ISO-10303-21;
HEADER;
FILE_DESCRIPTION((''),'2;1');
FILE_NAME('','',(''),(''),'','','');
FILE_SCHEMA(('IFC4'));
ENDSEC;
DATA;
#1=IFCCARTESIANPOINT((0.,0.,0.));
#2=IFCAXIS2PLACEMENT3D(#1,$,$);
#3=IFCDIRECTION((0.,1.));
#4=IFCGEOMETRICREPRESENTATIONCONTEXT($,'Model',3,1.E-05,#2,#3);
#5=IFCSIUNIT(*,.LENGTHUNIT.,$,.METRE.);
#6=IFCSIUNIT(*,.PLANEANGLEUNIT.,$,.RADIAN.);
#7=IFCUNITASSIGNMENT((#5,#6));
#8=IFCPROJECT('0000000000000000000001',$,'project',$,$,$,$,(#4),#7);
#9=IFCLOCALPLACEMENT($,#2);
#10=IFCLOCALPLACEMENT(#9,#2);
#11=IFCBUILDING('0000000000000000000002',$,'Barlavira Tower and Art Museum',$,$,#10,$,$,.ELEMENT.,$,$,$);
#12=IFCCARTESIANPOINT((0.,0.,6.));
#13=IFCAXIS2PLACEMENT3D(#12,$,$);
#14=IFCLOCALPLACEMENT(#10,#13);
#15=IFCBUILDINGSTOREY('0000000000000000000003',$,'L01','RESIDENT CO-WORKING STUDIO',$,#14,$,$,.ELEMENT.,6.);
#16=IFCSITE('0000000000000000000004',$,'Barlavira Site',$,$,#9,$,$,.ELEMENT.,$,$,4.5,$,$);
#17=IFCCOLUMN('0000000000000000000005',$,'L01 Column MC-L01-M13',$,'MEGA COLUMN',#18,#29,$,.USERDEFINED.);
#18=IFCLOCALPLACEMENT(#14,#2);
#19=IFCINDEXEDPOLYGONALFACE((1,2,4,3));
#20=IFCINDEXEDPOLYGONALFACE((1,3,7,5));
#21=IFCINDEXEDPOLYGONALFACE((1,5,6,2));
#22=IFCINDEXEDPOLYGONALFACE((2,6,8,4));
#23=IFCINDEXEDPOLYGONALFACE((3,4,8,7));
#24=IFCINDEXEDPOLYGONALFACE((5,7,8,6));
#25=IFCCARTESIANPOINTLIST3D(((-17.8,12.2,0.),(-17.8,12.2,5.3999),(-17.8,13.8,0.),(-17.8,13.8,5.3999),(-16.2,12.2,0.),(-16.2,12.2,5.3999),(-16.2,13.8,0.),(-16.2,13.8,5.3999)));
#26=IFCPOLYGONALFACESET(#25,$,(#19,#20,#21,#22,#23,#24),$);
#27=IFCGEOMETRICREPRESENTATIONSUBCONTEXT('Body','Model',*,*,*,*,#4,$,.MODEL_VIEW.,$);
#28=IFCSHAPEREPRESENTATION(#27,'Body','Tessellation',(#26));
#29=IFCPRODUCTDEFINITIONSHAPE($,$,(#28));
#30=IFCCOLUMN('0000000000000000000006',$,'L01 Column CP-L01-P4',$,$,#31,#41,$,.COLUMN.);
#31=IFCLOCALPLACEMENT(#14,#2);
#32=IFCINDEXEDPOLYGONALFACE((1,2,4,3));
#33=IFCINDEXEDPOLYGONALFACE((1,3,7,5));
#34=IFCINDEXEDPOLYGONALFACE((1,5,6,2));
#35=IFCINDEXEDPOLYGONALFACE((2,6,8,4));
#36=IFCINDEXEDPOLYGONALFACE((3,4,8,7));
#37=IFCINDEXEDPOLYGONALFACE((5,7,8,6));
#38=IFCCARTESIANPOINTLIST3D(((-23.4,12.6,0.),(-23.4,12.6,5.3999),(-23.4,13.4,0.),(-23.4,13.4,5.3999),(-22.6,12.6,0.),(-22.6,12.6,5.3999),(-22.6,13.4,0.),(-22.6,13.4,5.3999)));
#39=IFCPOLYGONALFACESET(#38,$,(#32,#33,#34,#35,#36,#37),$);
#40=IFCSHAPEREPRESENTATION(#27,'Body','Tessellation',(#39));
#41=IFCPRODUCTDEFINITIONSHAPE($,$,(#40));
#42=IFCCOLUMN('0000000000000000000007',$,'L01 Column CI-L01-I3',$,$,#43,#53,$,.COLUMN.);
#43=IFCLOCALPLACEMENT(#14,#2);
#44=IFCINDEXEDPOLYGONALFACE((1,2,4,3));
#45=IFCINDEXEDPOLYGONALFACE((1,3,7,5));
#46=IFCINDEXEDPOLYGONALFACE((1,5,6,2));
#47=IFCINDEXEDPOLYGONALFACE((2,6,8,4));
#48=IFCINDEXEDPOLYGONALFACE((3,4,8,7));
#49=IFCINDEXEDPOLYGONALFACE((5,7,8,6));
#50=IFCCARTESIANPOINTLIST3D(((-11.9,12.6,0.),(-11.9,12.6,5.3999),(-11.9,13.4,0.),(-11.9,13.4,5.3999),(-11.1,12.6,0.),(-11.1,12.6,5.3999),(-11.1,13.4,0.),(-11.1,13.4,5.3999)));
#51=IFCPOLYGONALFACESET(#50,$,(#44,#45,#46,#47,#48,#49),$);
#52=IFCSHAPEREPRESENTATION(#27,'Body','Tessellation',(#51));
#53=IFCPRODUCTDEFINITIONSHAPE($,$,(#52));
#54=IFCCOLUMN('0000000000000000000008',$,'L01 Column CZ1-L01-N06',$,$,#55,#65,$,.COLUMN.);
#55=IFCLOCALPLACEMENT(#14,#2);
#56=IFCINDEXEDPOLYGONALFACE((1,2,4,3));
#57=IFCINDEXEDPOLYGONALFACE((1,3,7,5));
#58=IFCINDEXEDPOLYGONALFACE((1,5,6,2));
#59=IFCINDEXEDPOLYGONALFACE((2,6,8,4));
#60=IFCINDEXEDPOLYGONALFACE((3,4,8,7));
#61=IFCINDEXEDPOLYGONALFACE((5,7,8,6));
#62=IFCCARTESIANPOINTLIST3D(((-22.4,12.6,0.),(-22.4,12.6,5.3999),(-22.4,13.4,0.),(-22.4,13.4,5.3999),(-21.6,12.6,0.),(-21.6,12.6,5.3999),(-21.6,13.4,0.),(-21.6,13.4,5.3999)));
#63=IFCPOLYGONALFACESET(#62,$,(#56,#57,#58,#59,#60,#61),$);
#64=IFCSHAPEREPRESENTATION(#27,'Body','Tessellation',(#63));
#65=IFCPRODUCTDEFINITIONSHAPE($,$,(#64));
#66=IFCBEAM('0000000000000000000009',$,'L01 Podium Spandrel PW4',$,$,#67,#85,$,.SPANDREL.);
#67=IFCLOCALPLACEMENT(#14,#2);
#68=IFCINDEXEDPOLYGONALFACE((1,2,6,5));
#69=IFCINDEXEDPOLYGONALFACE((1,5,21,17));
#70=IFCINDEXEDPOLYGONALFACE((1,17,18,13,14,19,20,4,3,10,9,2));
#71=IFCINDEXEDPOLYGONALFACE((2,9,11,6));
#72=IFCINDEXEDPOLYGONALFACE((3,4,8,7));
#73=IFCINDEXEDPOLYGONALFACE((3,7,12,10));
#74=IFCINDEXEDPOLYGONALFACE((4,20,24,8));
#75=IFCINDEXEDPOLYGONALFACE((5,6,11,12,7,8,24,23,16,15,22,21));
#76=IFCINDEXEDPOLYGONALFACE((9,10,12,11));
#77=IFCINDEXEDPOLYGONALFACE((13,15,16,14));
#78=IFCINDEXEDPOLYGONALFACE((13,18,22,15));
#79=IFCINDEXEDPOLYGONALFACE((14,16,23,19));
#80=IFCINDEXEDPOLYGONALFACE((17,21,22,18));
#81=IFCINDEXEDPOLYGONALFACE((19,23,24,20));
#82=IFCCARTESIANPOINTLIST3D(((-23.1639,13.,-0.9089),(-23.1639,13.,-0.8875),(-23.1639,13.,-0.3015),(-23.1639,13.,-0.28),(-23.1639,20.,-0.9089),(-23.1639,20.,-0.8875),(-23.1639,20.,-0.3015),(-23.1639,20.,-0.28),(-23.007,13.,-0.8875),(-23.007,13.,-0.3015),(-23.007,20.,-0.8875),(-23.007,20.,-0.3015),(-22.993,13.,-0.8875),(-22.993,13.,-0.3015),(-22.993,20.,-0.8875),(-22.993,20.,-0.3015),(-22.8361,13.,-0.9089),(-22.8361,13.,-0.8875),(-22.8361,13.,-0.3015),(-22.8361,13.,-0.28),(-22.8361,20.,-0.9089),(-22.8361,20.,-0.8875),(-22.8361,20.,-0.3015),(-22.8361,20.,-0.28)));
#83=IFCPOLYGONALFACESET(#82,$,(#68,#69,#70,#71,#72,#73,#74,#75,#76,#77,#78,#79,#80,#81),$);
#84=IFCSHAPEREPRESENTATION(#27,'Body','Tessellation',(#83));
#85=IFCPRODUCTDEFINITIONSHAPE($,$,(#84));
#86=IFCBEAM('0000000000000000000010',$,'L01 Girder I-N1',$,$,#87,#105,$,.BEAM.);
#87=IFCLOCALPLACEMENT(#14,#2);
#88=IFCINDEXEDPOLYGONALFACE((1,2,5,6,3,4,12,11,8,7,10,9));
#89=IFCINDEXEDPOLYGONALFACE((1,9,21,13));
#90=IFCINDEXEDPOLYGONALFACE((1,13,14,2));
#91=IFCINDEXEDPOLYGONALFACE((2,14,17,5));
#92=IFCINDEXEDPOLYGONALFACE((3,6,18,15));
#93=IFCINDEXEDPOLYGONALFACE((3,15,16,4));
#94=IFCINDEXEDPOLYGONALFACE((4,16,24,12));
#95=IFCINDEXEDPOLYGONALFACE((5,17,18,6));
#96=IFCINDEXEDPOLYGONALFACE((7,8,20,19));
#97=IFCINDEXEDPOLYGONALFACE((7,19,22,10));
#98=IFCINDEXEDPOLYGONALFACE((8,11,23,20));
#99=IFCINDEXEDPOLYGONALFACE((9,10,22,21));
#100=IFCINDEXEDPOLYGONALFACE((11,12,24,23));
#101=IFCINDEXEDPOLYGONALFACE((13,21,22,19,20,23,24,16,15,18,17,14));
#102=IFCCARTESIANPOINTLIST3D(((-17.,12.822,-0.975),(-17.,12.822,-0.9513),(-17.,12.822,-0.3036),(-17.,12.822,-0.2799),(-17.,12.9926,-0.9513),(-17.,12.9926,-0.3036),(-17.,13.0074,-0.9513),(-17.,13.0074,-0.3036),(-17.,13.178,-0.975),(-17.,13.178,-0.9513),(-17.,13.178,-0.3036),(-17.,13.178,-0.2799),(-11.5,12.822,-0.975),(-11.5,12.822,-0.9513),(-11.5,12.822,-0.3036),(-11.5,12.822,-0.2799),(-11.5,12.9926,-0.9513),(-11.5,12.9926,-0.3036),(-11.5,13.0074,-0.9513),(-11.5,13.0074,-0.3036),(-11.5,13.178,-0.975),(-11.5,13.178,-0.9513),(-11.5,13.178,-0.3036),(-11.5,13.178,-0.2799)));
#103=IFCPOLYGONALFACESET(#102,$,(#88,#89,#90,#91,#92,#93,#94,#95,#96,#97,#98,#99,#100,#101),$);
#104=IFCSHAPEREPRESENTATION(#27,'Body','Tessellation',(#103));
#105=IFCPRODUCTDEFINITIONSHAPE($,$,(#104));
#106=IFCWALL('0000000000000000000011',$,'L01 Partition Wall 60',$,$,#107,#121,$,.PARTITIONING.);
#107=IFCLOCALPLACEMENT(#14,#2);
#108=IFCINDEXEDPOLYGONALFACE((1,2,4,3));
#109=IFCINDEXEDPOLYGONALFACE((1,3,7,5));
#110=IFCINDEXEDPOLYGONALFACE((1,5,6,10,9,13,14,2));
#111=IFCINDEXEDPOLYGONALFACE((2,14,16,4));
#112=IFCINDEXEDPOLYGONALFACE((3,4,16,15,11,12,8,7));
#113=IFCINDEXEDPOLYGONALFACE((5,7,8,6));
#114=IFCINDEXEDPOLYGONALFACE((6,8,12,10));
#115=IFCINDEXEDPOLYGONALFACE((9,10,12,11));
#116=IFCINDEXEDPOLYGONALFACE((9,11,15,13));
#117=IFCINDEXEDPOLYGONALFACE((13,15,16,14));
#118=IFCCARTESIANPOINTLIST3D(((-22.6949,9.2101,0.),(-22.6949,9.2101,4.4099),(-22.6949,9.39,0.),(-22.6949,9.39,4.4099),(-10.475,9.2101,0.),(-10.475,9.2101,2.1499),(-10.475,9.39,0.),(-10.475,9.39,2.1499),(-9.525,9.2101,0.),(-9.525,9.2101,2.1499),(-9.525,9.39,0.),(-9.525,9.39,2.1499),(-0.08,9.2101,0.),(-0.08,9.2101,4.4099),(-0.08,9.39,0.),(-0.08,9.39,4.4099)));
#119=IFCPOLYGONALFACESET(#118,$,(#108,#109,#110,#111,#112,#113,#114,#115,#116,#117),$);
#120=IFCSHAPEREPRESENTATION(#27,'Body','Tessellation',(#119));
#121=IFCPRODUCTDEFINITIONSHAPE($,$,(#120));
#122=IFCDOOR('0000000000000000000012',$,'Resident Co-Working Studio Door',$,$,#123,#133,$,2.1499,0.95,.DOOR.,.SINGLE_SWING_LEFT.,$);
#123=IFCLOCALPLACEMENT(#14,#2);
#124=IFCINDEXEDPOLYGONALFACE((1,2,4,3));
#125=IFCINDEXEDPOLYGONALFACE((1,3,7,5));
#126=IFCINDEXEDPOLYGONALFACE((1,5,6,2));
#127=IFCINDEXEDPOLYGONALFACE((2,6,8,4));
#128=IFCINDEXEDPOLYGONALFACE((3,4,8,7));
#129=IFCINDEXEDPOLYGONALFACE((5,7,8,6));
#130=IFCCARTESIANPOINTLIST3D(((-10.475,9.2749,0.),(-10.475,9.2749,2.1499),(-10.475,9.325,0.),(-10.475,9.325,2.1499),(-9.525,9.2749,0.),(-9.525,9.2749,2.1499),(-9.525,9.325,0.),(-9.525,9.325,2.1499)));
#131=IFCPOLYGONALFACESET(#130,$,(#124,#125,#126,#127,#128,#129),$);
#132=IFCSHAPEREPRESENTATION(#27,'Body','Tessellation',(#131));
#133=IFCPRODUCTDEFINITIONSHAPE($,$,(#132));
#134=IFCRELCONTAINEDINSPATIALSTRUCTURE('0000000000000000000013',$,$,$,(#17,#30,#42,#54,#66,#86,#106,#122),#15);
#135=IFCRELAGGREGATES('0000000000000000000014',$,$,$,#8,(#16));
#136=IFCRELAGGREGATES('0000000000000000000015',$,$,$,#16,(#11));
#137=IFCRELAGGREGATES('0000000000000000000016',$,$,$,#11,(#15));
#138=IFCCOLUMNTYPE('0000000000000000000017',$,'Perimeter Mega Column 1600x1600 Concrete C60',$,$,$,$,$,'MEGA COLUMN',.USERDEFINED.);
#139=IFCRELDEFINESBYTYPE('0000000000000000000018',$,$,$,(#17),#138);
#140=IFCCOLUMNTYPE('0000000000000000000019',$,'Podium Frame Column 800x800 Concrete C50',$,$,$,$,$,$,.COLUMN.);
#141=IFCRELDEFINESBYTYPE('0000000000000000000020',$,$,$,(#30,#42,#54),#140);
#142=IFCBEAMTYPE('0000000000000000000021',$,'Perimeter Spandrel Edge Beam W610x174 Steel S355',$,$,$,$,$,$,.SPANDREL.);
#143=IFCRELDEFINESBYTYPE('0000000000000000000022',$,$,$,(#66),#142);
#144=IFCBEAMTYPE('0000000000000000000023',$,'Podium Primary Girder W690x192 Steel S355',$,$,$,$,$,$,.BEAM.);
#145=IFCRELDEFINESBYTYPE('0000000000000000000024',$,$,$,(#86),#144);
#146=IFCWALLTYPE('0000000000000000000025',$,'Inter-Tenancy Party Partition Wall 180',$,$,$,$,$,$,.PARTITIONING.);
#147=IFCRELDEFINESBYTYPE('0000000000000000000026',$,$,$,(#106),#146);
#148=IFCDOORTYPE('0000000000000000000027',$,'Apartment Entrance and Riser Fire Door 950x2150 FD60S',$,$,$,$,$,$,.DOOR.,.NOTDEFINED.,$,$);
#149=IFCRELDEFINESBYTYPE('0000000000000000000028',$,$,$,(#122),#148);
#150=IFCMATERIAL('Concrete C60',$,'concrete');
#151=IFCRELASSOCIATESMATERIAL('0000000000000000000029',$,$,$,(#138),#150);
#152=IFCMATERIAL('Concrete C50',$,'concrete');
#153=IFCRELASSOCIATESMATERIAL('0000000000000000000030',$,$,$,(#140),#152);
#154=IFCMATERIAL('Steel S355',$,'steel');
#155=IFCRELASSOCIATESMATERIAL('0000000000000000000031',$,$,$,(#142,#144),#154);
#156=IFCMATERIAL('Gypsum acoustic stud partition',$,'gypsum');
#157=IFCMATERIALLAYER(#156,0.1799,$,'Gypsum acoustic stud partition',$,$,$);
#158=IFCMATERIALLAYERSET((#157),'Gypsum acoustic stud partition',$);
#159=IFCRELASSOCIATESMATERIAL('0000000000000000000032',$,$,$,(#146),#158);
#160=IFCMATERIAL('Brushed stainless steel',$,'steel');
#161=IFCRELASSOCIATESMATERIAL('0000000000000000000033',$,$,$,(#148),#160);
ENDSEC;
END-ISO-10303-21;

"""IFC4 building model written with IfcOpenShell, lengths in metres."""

from ifc_helpers import new_model, si_unit, direction, frame, frame_2d, origin, origin_2d, place, context, subcontext, project, spatial, rectangle, i_section, extrude, material, layer, layer_set, material_profile, profile_set, type_object, element, fill, save


model = new_model("IFC4")

# Units and contexts
model_context = context("Model", 3, precision=1e-05, world=origin(), true_north=direction((0.0, 1.0)))
body_context = subcontext(model_context, "Body", "Model", "MODEL_VIEW")
ifc_project = project(units=[si_unit("LENGTHUNIT", "METRE"), si_unit("PLANEANGLEUNIT", "RADIAN")], contexts=[model_context])

# Site, building, storey
site_placement = place(None, origin())
site = spatial("IfcSite", under=ifc_project, at=site_placement, Name="Barlavira Site", CompositionType="ELEMENT", RefElevation=4.5)
building_placement = place(site_placement, origin())
building = spatial("IfcBuilding", under=site, at=building_placement, Name="Barlavira Tower and Art Museum", CompositionType="ELEMENT")
storey_placement = place(building_placement, frame((0.0, 0.0, 6.0)))
storey = spatial("IfcBuildingStorey", under=building, at=storey_placement, Name="L01", Description="RESIDENT CO-WORKING STUDIO", CompositionType="ELEMENT", Elevation=6.0)

# Columns
ifc_material_1 = material(Name="Concrete C60", Category="concrete")
ifc_material_profile_1 = material_profile(ifc_material_1, rectangle(XDim=1.6001, YDim=1.6001, at=origin_2d()), Name="RC-MCOL 1600x1600")
ifc_profile_set_1 = profile_set([ifc_material_profile_1], Name="Concrete C60")
column_type_1 = type_object("IfcColumnType", Name="Perimeter Mega Column 1600x1600 Concrete C60", ElementType="MEGA COLUMN", PredefinedType="USERDEFINED", material=ifc_profile_set_1)
column_placement = place(storey_placement, frame((-17.0, 13.0, 0.0), z_axis=(0.0, 0.0, 1.0), x_axis=(1.0, 0.0, 0.0)))
element("IfcColumn", 1, at=column_placement, inside=storey, type_object=column_type_1, Name="L01 Column MC-L01-M13", ObjectType="MEGA COLUMN", PredefinedType="USERDEFINED", context=body_context, shape_type="SweptSolid", body=[
    extrude(rectangle(XDim=1.6001, YDim=1.6001, at=origin_2d()), origin(), (0.0, 0.0, 1.0), 5.3999),
])
ifc_material_2 = material(Name="Concrete C50", Category="concrete")
ifc_material_profile_2 = material_profile(ifc_material_2, rectangle(XDim=0.8, YDim=0.8, at=origin_2d()), Name="RC-COL 800x800")
ifc_profile_set_2 = profile_set([ifc_material_profile_2], Name="Concrete C50")
column_type_2 = type_object("IfcColumnType", Name="Podium Frame Column 800x800 Concrete C50", PredefinedType="COLUMN", material=ifc_profile_set_2)
for number, where, z_axis, x_axis, name in (
    (2, (-23.0, 13.0, 0.0), (0.0, 0.0, 1.0), (1.0, 0.0, 0.0), "L01 Column CP-L01-P4"),
    (3, (-11.5, 13.0, 0.0), (0.0, 0.0, 1.0), (1.0, 0.0, 0.0), "L01 Column CI-L01-I3"),
    (4, (-22.0, 13.0, 0.0), (0.0, 0.0, 1.0), (1.0, 0.0, 0.0), "L01 Column CZ1-L01-N06"),
):
    element("IfcColumn", number, at=place(storey_placement, frame(where, z_axis=z_axis, x_axis=x_axis)), inside=storey, type_object=column_type_2, Name=name, PredefinedType="COLUMN", context=body_context, shape_type="SweptSolid", body=[
        extrude(rectangle(XDim=0.8, YDim=0.8, at=origin_2d()), origin(), (0.0, 0.0, 1.0), 5.3999),
    ])

# Beams
ifc_material_3 = material(Name="Steel S355", Category="steel")
ifc_material_profile_3 = material_profile(ifc_material_3, i_section(OverallWidth=0.3279, OverallDepth=0.6289, WebThickness=0.0139, FlangeThickness=0.0215, at=origin_2d()), Name="W610x174.0")
ifc_profile_set_3 = profile_set([ifc_material_profile_3], Name="Steel S355")
beam_type_1 = type_object("IfcBeamType", Name="Perimeter Spandrel Edge Beam W610x174 Steel S355", PredefinedType="SPANDREL", material=ifc_profile_set_3)
beam_1_placement = place(storey_placement, frame((-23.0, 13.0, -0.5945), z_axis=(0.0, 1.0, 0.0), x_axis=(-1.0, 0.0, 0.0)))
element("IfcBeam", 5, at=beam_1_placement, inside=storey, type_object=beam_type_1, Name="L01 Podium Spandrel PW4", PredefinedType="SPANDREL", context=body_context, shape_type="SweptSolid", body=[
    extrude(i_section(OverallWidth=0.3279, OverallDepth=0.6289, WebThickness=0.0139, FlangeThickness=0.0215, at=origin_2d()), origin(), (0.0, 0.0, 1.0), 7.0),
])
ifc_material_profile_4 = material_profile(ifc_material_3, i_section(OverallWidth=0.356, OverallDepth=0.6951, WebThickness=0.0149, FlangeThickness=0.0237, at=origin_2d()), Name="W690x192.0")
ifc_profile_set_4 = profile_set([ifc_material_profile_4], Name="Steel S355")
beam_type_2 = type_object("IfcBeamType", Name="Podium Primary Girder W690x192 Steel S355", PredefinedType="BEAM", material=ifc_profile_set_4)
beam_2_placement = place(storey_placement, frame((-17.0, 13.0, -0.6274), z_axis=(1.0, 0.0, 0.0), x_axis=(0.0, 1.0, 0.0)))
element("IfcBeam", 6, at=beam_2_placement, inside=storey, type_object=beam_type_2, Name="L01 Girder I-N1", PredefinedType="BEAM", context=body_context, shape_type="SweptSolid", body=[
    extrude(i_section(OverallWidth=0.356, OverallDepth=0.6951, WebThickness=0.0149, FlangeThickness=0.0237, at=origin_2d()), origin(), (0.0, 0.0, 1.0), 5.5),
])

# Wall, opening, door
ifc_material_4 = material(Name="Gypsum acoustic stud partition", Category="gypsum")
ifc_layer = layer(ifc_material_4, 0.1799, Name="Gypsum acoustic stud partition")
ifc_layer_set = layer_set([ifc_layer], Name="Gypsum acoustic stud partition")
wall_type = type_object("IfcWallType", Name="Inter-Tenancy Party Partition Wall 180", PredefinedType="PARTITIONING", material=ifc_layer_set)
wall_placement = place(storey_placement, frame((-22.6951, 9.3, 0.0), z_axis=(0.0, 0.0, 1.0), x_axis=(1.0, 0.0, 0.0)))
wall = element("IfcWall", 7, at=wall_placement, inside=storey, type_object=wall_type, Name="L01 Partition Wall 60", PredefinedType="PARTITIONING", context=body_context, shape_type="SweptSolid", body=[
    extrude(rectangle(XDim=22.615, YDim=0.1799, at=frame_2d((11.3076, 0.0))), origin(), (0.0, 0.0, 1.0), 4.4099),
])
opening_placement = place(wall_placement, frame((12.22, 0.0, 0.0)))
opening = element("IfcOpeningElement", 8, at=opening_placement, cuts=wall, PredefinedType="OPENING", context=body_context, shape_type="SweptSolid", body=[
    extrude(rectangle(XDim=0.95, YDim=2.1499, at=frame_2d((0.4751, 1.075))), frame((0.0, 0.1001, 0.0), z_axis=(0.0, -1.0, 0.0), x_axis=(1.0, 0.0, 0.0)), (0.0, 0.0, 1.0), 0.2),
])
ifc_material_5 = material(Name="Brushed stainless steel", Category="steel")
door_type = type_object("IfcDoorType", Name="Apartment Entrance and Riser Fire Door 950x2150 FD60S", OperationType="NOTDEFINED", PredefinedType="DOOR", material=ifc_material_5)
door_placement = place(opening_placement, origin())
door = element("IfcDoor", 9, at=door_placement, inside=storey, type_object=door_type, Name="Resident Co-Working Studio Door", OperationType="SINGLE_SWING_LEFT", OverallHeight=2.1499, OverallWidth=0.95, PredefinedType="DOOR", context=body_context, shape_type="SweptSolid", body=[
    extrude(rectangle(XDim=0.95, YDim=2.1499, at=frame_2d((0.4751, 1.075))), frame((0.0, 0.0249, 0.0), z_axis=(0.0, -1.0, 0.0), x_axis=(1.0, 0.0, 0.0)), (0.0, 0.0, 1.0), 0.05),
])
fill(opening, door)

save(model, "model.ifc")
